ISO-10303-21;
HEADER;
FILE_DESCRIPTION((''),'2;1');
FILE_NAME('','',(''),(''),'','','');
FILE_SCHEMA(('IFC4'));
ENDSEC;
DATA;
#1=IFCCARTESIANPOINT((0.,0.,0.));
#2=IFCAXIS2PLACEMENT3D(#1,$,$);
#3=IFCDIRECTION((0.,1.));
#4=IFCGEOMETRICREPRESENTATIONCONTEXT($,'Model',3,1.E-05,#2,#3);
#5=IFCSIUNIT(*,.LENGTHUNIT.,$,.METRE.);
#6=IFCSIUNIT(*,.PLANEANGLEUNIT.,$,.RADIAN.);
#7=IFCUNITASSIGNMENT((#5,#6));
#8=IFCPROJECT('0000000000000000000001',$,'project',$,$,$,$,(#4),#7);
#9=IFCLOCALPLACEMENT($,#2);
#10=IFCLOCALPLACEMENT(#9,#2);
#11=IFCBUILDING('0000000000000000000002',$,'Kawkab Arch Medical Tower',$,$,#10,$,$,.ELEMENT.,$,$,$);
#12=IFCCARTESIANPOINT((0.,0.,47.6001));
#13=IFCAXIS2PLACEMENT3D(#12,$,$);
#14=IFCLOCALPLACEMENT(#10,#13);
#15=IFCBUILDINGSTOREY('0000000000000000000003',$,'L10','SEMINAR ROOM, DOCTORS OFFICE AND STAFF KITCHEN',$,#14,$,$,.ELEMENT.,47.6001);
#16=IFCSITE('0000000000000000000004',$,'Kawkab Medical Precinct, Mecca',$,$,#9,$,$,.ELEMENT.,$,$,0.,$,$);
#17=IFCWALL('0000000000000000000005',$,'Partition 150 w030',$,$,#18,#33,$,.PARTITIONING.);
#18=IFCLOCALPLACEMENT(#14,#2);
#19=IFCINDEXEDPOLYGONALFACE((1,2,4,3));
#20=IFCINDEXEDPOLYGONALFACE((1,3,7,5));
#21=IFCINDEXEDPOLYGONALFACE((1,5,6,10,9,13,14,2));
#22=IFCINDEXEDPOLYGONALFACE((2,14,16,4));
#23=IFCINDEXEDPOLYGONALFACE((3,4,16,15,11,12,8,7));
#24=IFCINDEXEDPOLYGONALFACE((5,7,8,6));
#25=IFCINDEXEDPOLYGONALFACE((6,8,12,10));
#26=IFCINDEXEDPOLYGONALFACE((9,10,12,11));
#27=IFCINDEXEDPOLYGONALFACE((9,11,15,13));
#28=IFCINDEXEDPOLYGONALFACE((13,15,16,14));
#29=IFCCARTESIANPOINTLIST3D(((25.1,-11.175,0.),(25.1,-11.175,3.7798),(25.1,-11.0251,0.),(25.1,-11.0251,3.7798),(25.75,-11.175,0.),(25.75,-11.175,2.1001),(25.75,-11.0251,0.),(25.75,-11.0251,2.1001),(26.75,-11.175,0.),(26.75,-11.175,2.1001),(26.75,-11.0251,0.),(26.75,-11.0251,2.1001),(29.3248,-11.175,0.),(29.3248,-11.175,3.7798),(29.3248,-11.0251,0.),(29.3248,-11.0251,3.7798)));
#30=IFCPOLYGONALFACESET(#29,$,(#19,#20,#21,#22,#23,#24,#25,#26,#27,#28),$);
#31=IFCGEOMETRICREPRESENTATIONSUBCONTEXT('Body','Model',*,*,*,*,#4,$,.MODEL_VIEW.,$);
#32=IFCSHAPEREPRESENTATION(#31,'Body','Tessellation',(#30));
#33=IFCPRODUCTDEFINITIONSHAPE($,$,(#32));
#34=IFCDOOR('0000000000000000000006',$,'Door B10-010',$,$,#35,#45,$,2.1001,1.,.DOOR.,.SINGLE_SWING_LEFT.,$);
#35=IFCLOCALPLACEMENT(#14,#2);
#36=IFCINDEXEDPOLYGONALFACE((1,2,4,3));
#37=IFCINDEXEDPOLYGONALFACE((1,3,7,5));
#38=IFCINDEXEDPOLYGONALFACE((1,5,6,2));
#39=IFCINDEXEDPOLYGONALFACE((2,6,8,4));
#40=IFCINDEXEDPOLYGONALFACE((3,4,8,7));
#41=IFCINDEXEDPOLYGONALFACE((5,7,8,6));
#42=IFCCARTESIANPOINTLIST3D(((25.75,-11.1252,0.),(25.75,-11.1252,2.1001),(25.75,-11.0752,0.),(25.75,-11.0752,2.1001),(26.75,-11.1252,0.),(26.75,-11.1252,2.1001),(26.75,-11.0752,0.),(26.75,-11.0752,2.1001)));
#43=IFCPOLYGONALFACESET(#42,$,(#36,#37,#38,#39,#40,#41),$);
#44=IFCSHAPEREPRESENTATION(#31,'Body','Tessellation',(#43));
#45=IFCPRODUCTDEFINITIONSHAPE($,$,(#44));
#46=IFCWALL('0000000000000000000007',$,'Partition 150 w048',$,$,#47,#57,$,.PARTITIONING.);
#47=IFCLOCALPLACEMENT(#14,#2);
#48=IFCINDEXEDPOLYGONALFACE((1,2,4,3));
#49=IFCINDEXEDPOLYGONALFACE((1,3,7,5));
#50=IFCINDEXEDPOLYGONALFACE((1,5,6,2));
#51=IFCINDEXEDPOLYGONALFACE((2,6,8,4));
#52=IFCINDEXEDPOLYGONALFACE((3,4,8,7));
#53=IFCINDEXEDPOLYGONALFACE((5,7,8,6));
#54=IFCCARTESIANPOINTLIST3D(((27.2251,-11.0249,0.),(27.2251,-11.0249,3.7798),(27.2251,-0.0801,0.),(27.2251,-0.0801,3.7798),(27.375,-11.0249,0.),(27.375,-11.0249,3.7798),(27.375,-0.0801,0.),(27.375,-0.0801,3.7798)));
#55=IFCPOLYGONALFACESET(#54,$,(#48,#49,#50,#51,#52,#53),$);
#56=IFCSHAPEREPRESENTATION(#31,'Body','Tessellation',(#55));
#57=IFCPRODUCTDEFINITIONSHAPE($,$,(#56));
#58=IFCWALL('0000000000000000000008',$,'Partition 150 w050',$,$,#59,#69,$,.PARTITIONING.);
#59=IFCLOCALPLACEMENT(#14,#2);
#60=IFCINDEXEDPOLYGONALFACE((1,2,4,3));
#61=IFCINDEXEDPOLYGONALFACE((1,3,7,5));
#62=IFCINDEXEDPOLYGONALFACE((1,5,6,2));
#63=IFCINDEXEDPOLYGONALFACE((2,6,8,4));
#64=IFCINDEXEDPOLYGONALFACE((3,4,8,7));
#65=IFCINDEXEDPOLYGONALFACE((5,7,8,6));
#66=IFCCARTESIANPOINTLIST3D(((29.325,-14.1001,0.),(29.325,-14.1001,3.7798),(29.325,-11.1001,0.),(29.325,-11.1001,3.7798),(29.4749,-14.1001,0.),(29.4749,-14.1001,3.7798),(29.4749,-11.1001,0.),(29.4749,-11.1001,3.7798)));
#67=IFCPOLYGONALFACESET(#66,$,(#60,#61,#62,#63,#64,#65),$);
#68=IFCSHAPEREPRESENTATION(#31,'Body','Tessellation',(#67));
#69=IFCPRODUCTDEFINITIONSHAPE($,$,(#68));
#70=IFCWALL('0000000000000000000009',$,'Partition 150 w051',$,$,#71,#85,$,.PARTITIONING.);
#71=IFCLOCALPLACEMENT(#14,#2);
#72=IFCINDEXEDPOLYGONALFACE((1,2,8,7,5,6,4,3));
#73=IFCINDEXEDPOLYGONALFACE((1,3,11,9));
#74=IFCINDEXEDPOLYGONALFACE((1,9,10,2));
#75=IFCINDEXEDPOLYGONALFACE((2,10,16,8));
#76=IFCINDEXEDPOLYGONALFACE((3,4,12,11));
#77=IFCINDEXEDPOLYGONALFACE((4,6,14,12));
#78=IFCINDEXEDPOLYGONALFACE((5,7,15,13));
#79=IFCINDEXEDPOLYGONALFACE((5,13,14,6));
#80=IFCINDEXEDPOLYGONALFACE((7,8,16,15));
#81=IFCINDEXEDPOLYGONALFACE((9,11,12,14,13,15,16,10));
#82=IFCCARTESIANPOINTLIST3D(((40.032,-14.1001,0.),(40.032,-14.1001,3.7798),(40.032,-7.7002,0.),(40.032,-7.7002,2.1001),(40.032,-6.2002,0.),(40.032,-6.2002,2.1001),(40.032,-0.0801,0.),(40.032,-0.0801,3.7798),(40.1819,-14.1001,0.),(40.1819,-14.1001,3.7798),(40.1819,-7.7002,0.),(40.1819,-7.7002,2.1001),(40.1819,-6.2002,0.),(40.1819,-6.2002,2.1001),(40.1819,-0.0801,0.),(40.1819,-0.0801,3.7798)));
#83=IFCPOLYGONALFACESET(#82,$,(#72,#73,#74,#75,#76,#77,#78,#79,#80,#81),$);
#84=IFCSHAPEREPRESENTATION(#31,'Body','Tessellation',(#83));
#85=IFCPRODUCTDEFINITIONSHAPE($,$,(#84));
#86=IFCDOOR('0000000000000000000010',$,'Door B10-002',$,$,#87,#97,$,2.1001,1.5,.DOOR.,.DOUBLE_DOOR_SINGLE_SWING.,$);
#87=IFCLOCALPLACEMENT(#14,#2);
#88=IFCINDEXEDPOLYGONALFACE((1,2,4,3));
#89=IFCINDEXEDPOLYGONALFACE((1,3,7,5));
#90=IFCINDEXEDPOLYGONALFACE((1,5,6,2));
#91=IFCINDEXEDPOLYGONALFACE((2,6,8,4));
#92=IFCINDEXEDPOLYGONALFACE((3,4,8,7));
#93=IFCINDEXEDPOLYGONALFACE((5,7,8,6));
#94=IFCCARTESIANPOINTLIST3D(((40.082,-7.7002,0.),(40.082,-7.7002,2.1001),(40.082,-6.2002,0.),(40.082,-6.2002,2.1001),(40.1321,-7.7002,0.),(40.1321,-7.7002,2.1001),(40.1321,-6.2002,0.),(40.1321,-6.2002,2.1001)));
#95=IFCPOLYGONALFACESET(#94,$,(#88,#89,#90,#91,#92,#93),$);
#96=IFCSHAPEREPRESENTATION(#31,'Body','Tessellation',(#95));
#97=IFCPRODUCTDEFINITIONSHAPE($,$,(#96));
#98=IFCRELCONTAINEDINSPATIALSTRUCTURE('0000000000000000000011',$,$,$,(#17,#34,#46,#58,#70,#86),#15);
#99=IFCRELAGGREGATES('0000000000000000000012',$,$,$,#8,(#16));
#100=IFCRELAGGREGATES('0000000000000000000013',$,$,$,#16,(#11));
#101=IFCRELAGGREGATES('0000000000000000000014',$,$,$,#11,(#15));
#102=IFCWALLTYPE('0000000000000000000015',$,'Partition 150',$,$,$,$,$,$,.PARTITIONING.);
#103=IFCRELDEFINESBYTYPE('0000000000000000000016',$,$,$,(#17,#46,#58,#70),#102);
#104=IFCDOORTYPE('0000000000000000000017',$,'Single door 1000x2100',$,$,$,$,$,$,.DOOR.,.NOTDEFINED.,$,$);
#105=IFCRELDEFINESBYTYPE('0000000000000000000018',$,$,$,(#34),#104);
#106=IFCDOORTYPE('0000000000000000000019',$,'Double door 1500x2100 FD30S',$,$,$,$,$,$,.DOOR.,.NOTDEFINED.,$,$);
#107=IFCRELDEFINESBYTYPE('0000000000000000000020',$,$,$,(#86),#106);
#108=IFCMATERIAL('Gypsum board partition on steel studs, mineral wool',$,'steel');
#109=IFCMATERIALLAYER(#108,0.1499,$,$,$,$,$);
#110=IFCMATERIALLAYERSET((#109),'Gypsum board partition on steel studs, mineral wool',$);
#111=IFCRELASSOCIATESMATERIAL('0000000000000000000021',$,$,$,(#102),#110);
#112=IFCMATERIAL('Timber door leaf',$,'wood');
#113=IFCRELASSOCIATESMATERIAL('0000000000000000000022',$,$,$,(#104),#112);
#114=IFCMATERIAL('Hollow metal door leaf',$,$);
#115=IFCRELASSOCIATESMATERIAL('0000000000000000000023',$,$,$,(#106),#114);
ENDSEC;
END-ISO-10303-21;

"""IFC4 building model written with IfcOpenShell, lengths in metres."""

from ifc_helpers import new_model, si_unit, direction, frame, frame_2d, origin, place, context, subcontext, project, spatial, rectangle, extrude, material, layer, layer_set, type_object, element, fill, save


model = new_model("IFC4")

# Units and contexts
model_context = context("Model", 3, precision=1e-05, world=origin(), true_north=direction((0.0, 1.0)))
body_context = subcontext(model_context, "Body", "Model", "MODEL_VIEW")
ifc_project = project(units=[si_unit("LENGTHUNIT", "METRE"), si_unit("PLANEANGLEUNIT", "RADIAN")], contexts=[model_context])

# Site, building, storey
site_placement = place(None, origin())
site = spatial("IfcSite", under=ifc_project, at=site_placement, Name="Kawkab Medical Precinct, Mecca", CompositionType="ELEMENT", RefElevation=0.0)
building_placement = place(site_placement, origin())
building = spatial("IfcBuilding", under=site, at=building_placement, Name="Kawkab Arch Medical Tower", CompositionType="ELEMENT")
storey_placement = place(building_placement, frame((0.0, 0.0, 47.6001)))
storey = spatial("IfcBuildingStorey", under=building, at=storey_placement, Name="L10", Description="SEMINAR ROOM, DOCTORS OFFICE AND STAFF KITCHEN", CompositionType="ELEMENT", Elevation=47.6001)

# Shared definitions
ifc_material_1 = material(Name="Gypsum board partition on steel studs, mineral wool", Category="steel")
ifc_layer_1 = layer(ifc_material_1, 0.1499)
ifc_layer_set_1 = layer_set([ifc_layer_1], Name="Gypsum board partition on steel studs, mineral wool")
wall_type = type_object("IfcWallType", Name="Partition 150", PredefinedType="PARTITIONING", material=ifc_layer_set_1)

# Wall, opening, door
wall_1_placement = place(storey_placement, frame((25.1001, -11.1001, 0.0), z_axis=(0.0, 0.0, 1.0), x_axis=(1.0, 0.0, 0.0)))
wall_1 = element("IfcWall", 1, at=wall_1_placement, inside=storey, type_object=wall_type, Name="Partition 150 w030", PredefinedType="PARTITIONING", context=body_context, shape_type="SweptSolid", body=[
    extrude(rectangle(XDim=4.2249, YDim=0.1499, at=frame_2d((2.1123, 0.0))), origin(), (0.0, 0.0, 1.0), 3.7798),
])
opening_1_placement = place(wall_1_placement, frame((0.6499, 0.0, 0.0)))
opening_1 = element("IfcOpeningElement", 2, at=opening_1_placement, cuts=wall_1, PredefinedType="OPENING", context=body_context, shape_type="SweptSolid", body=[
    extrude(rectangle(XDim=1.0, YDim=2.1001, at=frame_2d((0.5, 1.05))), frame((0.0, 0.085, 0.0), z_axis=(0.0, -1.0, 0.0), x_axis=(1.0, 0.0, 0.0)), (0.0, 0.0, 1.0), 0.1699),
])
ifc_material_2 = material(Name="Timber door leaf", Category="wood")
door_type_1 = type_object("IfcDoorType", Name="Single door 1000x2100", OperationType="NOTDEFINED", PredefinedType="DOOR", material=ifc_material_2)
door_1_placement = place(opening_1_placement, origin())
door_1 = element("IfcDoor", 3, at=door_1_placement, inside=storey, type_object=door_type_1, Name="Door B10-010", OperationType="SINGLE_SWING_LEFT", OverallHeight=2.1001, OverallWidth=1.0, PredefinedType="DOOR", context=body_context, shape_type="SweptSolid", body=[
    extrude(rectangle(XDim=1.0, YDim=2.1001, at=frame_2d((0.5, 1.05))), frame((0.0, 0.0249, 0.0), z_axis=(0.0, -1.0, 0.0), x_axis=(1.0, 0.0, 0.0)), (0.0, 0.0, 1.0), 0.05),
])
fill(opening_1, door_1)

# Walls
wall_2_placement = place(storey_placement, frame((27.3, -11.0249, 0.0), z_axis=(0.0, 0.0, 1.0), x_axis=(0.0, 1.0, 0.0)))
element("IfcWall", 4, at=wall_2_placement, inside=storey, type_object=wall_type, Name="Partition 150 w048", PredefinedType="PARTITIONING", context=body_context, shape_type="SweptSolid", body=[
    extrude(rectangle(XDim=10.9448, YDim=0.1499, at=frame_2d((5.4724, 0.0))), origin(), (0.0, 0.0, 1.0), 3.7798),
])
wall_3_placement = place(storey_placement, frame((29.3999, -14.1001, 0.0), z_axis=(0.0, 0.0, 1.0), x_axis=(0.0, 1.0, 0.0)))
element("IfcWall", 5, at=wall_3_placement, inside=storey, type_object=wall_type, Name="Partition 150 w050", PredefinedType="PARTITIONING", context=body_context, shape_type="SweptSolid", body=[
    extrude(rectangle(XDim=3.0, YDim=0.1499, at=frame_2d((1.5, 0.0))), origin(), (0.0, 0.0, 1.0), 3.7798),
])

# Wall, opening, door
wall_4_placement = place(storey_placement, frame((40.1069, -14.1001, 0.0), z_axis=(0.0, 0.0, 1.0), x_axis=(0.0, 1.0, 0.0)))
wall_4 = element("IfcWall", 6, at=wall_4_placement, inside=storey, type_object=wall_type, Name="Partition 150 w051", PredefinedType="PARTITIONING", context=body_context, shape_type="SweptSolid", body=[
    extrude(rectangle(XDim=14.02, YDim=0.1499, at=frame_2d((7.01, 0.0))), origin(), (0.0, 0.0, 1.0), 3.7798),
])
opening_2_placement = place(wall_4_placement, frame((6.3999, 0.0, 0.0)))
opening_2 = element("IfcOpeningElement", 7, at=opening_2_placement, cuts=wall_4, PredefinedType="OPENING", context=body_context, shape_type="SweptSolid", body=[
    extrude(rectangle(XDim=1.5, YDim=2.1001, at=frame_2d((0.75, 1.05))), frame((0.0, 0.085, 0.0), z_axis=(0.0, -1.0, 0.0), x_axis=(1.0, 0.0, 0.0)), (0.0, 0.0, 1.0), 0.1699),
])
ifc_material_3 = material(Name="Hollow metal door leaf")
door_type_2 = type_object("IfcDoorType", Name="Double door 1500x2100 FD30S", OperationType="NOTDEFINED", PredefinedType="DOOR", material=ifc_material_3)
door_2_placement = place(opening_2_placement, origin())
door_2 = element("IfcDoor", 8, at=door_2_placement, inside=storey, type_object=door_type_2, Name="Door B10-002", OperationType="DOUBLE_DOOR_SINGLE_SWING", OverallHeight=2.1001, OverallWidth=1.5, PredefinedType="DOOR", context=body_context, shape_type="SweptSolid", body=[
    extrude(rectangle(XDim=1.5, YDim=2.1001, at=frame_2d((0.75, 1.05))), frame((0.0, 0.0249, 0.0), z_axis=(0.0, -1.0, 0.0), x_axis=(1.0, 0.0, 0.0)), (0.0, 0.0, 1.0), 0.05),
])
fill(opening_2, door_2)

save(model, "model.ifc")
